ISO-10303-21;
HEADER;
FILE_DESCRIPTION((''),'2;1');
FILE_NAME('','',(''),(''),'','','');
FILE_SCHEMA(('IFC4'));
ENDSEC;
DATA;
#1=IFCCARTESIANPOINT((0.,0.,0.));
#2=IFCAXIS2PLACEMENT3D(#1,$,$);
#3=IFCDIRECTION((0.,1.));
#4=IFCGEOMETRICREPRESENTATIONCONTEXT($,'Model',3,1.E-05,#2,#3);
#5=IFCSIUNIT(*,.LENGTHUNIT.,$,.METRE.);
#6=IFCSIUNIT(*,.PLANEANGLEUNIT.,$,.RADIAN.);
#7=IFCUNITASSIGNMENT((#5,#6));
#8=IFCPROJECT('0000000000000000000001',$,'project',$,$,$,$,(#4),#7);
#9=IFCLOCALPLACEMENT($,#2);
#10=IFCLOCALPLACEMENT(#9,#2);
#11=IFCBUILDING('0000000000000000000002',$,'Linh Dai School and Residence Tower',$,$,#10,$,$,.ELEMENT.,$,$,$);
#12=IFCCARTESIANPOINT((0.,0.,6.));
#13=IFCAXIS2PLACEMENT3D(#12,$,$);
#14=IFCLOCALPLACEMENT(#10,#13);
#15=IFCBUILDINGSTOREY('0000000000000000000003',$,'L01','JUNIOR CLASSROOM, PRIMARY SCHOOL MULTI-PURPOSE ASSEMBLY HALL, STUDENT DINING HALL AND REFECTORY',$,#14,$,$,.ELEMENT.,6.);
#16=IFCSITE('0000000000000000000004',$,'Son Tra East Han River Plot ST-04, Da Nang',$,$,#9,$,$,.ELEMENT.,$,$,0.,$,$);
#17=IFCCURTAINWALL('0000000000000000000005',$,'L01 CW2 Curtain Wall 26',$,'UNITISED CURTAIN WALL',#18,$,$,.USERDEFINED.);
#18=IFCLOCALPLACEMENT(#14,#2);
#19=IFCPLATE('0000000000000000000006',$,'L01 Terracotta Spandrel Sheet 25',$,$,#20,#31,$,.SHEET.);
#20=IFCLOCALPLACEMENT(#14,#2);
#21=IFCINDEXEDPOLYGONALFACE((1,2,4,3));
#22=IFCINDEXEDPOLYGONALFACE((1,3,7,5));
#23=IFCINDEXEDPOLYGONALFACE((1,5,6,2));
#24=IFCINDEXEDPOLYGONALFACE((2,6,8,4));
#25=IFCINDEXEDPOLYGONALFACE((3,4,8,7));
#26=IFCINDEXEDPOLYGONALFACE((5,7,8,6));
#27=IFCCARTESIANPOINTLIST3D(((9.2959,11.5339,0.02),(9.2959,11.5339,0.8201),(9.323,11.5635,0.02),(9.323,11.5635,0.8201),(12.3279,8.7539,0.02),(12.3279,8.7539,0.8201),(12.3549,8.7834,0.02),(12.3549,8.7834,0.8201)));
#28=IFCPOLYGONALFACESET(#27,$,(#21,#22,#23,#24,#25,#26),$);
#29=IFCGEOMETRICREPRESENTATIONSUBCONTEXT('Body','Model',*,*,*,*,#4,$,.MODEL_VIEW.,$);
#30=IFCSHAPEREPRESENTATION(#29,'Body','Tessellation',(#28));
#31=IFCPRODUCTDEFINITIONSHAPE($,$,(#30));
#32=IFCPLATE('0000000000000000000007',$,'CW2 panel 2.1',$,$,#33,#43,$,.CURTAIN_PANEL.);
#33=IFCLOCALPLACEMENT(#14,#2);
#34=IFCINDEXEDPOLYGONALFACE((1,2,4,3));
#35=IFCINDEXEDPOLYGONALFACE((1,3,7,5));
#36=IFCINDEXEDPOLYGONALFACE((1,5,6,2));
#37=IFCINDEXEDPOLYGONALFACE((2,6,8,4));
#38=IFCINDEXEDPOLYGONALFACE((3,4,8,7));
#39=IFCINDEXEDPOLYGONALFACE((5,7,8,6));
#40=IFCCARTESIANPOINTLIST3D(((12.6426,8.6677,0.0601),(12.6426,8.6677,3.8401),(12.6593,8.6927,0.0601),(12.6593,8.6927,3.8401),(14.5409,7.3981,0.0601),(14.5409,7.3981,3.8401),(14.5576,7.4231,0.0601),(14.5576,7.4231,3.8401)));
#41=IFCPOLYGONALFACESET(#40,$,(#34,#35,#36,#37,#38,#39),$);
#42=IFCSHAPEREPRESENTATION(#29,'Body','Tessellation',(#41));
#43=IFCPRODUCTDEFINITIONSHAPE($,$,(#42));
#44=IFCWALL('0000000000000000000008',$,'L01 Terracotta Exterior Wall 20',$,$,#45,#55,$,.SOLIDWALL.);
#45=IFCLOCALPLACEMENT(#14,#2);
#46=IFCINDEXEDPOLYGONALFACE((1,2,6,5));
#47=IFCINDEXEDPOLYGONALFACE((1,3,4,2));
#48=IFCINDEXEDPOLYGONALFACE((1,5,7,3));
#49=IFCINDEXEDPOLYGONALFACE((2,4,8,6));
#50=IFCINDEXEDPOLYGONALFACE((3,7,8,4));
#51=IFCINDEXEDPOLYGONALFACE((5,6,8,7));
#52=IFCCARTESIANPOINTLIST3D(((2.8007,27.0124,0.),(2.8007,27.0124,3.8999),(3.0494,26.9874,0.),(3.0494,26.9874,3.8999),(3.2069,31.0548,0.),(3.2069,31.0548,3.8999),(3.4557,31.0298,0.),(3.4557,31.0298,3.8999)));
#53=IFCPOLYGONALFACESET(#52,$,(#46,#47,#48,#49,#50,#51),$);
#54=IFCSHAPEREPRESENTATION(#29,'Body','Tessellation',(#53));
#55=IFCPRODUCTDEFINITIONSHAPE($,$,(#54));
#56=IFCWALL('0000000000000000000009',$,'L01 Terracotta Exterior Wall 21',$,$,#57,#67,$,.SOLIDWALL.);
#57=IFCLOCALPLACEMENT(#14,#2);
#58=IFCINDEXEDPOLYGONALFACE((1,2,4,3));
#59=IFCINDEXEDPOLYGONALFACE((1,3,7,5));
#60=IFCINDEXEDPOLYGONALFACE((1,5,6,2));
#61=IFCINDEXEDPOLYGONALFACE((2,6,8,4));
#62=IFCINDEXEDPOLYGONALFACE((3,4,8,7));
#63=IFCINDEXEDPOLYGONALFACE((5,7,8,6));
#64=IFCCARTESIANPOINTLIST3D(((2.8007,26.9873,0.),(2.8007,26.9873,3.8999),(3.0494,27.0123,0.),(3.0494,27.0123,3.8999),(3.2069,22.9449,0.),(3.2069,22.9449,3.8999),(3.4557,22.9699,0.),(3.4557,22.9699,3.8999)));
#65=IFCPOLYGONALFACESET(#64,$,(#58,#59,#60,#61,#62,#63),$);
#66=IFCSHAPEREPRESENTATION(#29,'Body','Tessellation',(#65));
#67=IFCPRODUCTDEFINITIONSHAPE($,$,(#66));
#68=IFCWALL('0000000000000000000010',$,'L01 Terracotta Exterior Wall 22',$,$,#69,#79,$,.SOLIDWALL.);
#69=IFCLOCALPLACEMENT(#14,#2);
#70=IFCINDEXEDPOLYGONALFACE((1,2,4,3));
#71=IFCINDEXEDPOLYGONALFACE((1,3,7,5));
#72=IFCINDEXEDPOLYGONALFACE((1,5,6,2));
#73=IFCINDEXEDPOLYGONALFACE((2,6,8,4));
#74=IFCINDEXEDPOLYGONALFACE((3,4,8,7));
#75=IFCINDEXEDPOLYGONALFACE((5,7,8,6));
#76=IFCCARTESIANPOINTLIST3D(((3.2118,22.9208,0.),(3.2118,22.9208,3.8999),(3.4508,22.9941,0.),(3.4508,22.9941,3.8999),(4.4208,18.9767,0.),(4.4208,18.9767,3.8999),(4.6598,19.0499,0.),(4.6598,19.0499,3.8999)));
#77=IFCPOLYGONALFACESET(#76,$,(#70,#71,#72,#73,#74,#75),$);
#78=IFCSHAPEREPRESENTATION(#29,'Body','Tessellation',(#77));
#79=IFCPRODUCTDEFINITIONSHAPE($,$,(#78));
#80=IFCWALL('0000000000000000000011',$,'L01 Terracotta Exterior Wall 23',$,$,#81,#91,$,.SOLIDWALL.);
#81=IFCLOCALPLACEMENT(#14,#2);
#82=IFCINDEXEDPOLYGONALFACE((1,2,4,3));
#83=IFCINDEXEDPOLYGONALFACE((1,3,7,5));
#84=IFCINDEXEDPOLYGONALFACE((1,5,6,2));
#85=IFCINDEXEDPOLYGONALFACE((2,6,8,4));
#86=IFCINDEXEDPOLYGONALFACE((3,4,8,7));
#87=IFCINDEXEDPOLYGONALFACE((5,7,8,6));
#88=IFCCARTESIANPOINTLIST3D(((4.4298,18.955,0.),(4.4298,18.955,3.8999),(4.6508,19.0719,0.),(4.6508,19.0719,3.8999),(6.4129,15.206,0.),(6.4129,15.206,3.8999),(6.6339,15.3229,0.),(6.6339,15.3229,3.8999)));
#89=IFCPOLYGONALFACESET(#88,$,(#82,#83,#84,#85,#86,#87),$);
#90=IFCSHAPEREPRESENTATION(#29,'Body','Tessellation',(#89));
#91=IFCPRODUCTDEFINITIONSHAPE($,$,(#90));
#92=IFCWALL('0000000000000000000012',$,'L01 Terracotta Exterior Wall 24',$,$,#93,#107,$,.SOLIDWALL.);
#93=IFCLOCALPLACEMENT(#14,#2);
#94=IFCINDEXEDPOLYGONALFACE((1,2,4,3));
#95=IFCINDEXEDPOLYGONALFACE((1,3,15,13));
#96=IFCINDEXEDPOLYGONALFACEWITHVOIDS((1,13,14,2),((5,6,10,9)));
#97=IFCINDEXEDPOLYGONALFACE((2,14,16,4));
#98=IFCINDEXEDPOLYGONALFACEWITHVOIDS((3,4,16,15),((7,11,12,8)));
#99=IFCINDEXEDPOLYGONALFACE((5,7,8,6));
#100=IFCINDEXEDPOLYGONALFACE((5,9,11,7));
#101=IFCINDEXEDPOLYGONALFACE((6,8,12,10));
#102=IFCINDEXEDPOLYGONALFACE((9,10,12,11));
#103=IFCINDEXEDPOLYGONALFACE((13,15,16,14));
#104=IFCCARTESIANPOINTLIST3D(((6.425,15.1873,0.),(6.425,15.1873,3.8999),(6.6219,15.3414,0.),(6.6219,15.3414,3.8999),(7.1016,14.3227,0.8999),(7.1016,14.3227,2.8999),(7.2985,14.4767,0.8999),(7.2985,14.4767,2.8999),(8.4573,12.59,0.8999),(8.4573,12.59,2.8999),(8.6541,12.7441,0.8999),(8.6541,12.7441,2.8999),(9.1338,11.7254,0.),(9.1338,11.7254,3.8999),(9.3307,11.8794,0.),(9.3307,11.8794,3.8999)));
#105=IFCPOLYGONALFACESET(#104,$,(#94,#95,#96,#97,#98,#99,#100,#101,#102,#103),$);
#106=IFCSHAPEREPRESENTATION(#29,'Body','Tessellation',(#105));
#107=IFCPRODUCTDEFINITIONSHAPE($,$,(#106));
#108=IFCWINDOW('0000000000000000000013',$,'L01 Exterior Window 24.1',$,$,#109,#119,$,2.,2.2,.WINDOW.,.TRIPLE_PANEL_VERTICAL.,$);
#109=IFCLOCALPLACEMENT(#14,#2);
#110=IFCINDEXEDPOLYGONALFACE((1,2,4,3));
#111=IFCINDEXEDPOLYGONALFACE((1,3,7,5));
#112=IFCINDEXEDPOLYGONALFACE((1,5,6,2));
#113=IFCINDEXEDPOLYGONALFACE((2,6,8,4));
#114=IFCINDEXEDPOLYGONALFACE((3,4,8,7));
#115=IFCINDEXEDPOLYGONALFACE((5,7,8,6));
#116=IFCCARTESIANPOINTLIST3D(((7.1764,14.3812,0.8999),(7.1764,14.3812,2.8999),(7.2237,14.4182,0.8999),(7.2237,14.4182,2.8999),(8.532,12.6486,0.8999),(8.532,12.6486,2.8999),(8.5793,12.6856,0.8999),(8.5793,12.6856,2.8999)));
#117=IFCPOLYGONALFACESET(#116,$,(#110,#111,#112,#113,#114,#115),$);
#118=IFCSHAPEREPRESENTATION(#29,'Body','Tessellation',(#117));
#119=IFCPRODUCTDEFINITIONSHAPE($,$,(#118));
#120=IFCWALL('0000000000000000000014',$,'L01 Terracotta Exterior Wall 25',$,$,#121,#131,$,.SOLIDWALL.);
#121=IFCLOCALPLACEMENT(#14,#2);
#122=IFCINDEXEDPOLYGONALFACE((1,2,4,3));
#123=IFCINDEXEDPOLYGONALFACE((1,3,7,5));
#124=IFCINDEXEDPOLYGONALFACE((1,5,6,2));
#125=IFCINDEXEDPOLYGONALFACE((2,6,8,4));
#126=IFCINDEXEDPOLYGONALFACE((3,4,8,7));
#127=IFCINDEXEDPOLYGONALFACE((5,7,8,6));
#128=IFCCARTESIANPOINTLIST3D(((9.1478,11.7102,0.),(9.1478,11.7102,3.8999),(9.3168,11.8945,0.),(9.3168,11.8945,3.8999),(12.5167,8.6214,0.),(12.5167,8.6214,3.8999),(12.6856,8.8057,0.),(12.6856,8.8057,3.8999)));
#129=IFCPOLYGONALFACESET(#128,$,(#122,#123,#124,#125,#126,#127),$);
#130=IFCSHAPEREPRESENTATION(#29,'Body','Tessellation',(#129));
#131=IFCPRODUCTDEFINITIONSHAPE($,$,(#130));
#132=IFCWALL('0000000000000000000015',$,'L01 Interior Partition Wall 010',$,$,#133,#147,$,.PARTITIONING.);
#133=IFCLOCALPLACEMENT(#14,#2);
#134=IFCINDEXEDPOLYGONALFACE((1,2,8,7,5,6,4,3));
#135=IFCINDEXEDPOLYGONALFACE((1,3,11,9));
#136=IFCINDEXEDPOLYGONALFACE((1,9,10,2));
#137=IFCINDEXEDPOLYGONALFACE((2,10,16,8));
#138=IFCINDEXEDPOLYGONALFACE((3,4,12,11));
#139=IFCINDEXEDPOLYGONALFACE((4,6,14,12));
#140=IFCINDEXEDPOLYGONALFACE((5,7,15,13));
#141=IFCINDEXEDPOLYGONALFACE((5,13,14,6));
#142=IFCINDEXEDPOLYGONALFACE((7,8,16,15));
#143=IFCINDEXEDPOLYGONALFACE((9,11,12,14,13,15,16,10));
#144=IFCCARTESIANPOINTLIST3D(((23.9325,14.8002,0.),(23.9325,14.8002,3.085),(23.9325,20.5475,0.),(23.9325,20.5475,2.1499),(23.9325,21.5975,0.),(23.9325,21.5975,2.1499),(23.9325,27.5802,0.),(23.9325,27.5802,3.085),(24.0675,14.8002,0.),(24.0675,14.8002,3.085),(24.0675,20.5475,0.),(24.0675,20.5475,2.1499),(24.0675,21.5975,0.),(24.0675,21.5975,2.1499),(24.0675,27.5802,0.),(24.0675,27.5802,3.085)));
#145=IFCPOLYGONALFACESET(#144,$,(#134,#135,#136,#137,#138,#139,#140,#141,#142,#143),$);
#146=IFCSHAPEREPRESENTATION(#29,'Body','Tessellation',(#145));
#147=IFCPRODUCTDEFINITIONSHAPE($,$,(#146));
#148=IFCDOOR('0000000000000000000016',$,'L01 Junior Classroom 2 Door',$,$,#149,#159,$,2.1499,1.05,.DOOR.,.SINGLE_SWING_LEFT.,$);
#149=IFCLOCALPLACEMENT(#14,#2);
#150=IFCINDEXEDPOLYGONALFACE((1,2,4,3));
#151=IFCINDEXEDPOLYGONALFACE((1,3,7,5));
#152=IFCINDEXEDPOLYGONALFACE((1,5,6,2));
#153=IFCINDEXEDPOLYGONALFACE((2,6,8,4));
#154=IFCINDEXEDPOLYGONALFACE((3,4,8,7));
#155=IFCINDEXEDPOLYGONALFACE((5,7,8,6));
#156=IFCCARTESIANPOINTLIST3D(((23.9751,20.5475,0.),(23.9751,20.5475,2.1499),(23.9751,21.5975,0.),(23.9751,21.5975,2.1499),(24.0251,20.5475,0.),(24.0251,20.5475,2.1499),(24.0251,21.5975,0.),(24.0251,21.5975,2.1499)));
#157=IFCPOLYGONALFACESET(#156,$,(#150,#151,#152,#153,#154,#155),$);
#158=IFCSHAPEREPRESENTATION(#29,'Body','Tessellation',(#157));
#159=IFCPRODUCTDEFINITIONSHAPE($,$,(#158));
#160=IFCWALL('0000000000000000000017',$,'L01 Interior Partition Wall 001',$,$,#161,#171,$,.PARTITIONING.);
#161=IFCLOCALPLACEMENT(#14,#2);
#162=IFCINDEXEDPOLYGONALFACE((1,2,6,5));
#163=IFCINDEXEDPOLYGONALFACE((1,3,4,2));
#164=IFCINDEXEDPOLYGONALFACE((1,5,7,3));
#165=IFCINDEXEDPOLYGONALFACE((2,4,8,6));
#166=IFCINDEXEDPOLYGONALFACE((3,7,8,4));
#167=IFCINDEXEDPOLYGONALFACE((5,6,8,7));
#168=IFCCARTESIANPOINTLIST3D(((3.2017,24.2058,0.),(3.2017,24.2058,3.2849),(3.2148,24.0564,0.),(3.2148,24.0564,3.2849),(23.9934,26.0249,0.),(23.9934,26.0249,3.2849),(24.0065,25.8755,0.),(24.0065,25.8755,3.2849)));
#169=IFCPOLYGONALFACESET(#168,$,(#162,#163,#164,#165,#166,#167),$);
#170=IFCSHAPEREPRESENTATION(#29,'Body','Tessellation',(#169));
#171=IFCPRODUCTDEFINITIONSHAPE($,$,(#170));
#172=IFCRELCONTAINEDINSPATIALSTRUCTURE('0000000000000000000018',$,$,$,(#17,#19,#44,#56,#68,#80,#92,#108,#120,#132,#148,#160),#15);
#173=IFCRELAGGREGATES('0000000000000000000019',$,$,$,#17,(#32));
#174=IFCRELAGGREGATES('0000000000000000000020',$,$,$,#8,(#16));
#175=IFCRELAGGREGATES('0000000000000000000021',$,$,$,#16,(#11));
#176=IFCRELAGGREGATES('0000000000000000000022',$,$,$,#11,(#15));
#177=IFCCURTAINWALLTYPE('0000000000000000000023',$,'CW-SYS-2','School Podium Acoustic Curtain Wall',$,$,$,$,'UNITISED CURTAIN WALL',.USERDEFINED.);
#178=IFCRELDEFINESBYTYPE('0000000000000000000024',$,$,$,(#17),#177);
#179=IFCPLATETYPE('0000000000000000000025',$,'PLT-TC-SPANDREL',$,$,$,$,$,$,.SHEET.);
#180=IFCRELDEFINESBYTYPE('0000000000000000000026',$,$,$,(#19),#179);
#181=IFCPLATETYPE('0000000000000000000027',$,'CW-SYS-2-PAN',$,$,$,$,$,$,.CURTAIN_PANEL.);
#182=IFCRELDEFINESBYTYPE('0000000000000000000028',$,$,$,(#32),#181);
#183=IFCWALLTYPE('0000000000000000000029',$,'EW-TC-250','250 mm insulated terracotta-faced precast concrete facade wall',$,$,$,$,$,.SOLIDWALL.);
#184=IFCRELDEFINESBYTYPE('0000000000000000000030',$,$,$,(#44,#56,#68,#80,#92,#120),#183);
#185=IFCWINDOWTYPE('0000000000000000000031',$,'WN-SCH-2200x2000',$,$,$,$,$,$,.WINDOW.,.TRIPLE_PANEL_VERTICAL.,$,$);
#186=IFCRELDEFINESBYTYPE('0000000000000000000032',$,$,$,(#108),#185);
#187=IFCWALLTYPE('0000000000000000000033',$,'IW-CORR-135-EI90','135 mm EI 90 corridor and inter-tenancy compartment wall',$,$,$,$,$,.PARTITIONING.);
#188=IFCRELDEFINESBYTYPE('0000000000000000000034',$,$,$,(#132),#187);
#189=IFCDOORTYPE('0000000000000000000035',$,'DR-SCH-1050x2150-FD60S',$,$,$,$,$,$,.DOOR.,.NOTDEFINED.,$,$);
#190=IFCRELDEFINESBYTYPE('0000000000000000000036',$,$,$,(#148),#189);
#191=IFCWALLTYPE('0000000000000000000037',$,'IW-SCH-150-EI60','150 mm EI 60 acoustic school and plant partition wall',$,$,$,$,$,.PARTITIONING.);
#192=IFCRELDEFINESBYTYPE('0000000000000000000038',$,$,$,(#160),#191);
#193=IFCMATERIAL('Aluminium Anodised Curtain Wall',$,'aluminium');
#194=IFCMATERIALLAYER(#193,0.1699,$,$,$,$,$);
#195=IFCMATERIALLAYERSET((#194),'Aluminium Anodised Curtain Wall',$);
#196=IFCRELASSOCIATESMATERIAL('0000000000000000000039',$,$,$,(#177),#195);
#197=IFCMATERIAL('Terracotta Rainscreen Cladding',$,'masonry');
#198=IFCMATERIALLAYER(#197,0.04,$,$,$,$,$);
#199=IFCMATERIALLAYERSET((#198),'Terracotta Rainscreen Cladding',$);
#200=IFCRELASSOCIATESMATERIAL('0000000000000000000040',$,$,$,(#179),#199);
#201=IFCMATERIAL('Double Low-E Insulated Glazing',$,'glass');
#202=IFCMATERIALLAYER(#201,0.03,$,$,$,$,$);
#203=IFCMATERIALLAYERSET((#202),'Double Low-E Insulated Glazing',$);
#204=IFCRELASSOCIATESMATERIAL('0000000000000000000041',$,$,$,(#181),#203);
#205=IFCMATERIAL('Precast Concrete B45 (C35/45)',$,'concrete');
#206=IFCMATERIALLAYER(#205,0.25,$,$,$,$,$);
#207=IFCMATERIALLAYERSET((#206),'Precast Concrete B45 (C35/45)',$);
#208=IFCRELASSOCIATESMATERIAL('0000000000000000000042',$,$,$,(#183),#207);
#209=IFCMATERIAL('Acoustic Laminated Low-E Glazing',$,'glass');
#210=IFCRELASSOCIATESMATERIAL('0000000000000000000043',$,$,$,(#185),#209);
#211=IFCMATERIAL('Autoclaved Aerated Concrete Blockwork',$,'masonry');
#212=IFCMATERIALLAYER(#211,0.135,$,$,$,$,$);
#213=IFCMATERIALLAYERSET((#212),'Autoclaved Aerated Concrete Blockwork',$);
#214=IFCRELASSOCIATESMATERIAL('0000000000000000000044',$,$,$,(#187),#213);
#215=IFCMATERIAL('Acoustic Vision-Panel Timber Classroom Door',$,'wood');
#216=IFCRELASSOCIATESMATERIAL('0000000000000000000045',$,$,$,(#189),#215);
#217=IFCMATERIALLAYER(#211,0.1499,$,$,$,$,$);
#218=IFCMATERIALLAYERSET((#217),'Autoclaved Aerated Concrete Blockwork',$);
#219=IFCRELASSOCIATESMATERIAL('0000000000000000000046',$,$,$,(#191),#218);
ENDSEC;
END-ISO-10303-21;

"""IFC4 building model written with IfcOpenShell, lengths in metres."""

from ifc_helpers import new_model, si_unit, direction, frame, frame_2d, origin, origin_2d, place, context, subcontext, project, spatial, rectangle, extrude, source, transform, mapped, material, layer, layer_set, type_object, element, fill, aggregate, save


model = new_model("IFC4")

# Units and contexts
model_context = context("Model", 3, precision=1e-05, world=origin(), true_north=direction((0.0, 1.0)))
body_context = subcontext(model_context, "Body", "Model", "MODEL_VIEW")
ifc_project = project(units=[si_unit("LENGTHUNIT", "METRE"), si_unit("PLANEANGLEUNIT", "RADIAN")], contexts=[model_context])

# Site, building, storey
site_placement = place(None, origin())
site = spatial("IfcSite", under=ifc_project, at=site_placement, Name="Son Tra East Han River Plot ST-04, Da Nang", CompositionType="ELEMENT", RefElevation=0.0)
building_placement = place(site_placement, origin())
building = spatial("IfcBuilding", under=site, at=building_placement, Name="Linh Dai School and Residence Tower", CompositionType="ELEMENT")
storey_placement = place(building_placement, frame((0.0, 0.0, 6.0)))
storey = spatial("IfcBuildingStorey", under=building, at=storey_placement, Name="L01", Description="JUNIOR CLASSROOM, PRIMARY SCHOOL MULTI-PURPOSE ASSEMBLY HALL, STUDENT DINING HALL AND REFECTORY", CompositionType="ELEMENT", Elevation=6.0)

# Curtain wall
ifc_material_1 = material(Name="Aluminium Anodised Curtain Wall", Category="aluminium")
ifc_layer_1 = layer(ifc_material_1, 0.1699)
ifc_layer_set_1 = layer_set([ifc_layer_1], Name="Aluminium Anodised Curtain Wall")
curtain_wall_type = type_object("IfcCurtainWallType", Name="CW-SYS-2", Description="School Podium Acoustic Curtain Wall", ElementType="UNITISED CURTAIN WALL", PredefinedType="USERDEFINED", material=ifc_layer_set_1)
curtain_wall_placement = place(storey_placement, origin())
curtain_wall = element("IfcCurtainWall", 1, at=curtain_wall_placement, inside=storey, type_object=curtain_wall_type, Name="L01 CW2 Curtain Wall 26", ObjectType="UNITISED CURTAIN WALL", PredefinedType="USERDEFINED")

# Plate
ifc_material_2 = material(Name="Terracotta Rainscreen Cladding", Category="masonry")
ifc_layer_2 = layer(ifc_material_2, 0.04)
ifc_layer_set_2 = layer_set([ifc_layer_2], Name="Terracotta Rainscreen Cladding")
plate_type_1 = type_object("IfcPlateType", Name="PLT-TC-SPANDREL", PredefinedType="SHEET", material=ifc_layer_set_2)
shared_shape_1 = source(origin(), body_context, "Body", "SweptSolid", [
    extrude(rectangle(XDim=4.1135, YDim=0.04, at=origin_2d()), origin(), (0.0, 0.0, 1.0), 0.8),
])
plate_1_placement = place(storey_placement, frame((10.8254, 10.1587, 0.02), z_axis=(0.0, 0.0, 1.0), x_axis=(-0.737062, 0.675825, 0.0)))
element("IfcPlate", 2, at=plate_1_placement, inside=storey, type_object=plate_type_1, Name="L01 Terracotta Spandrel Sheet 25", PredefinedType="SHEET", context=body_context, shape_type="MappedRepresentation", body=[
    mapped(shared_shape_1, transform((0.0, 0.0, 0.0), x_axis=(1.0, 0.0, 0.0), y_axis=(0.0, 1.0, 0.0), z_axis=(0.0, 0.0, 1.0), scale=1.0)),
])

# Plate
ifc_material_3 = material(Name="Double Low-E Insulated Glazing", Category="glass")
ifc_layer_3 = layer(ifc_material_3, 0.03)
ifc_layer_set_3 = layer_set([ifc_layer_3], Name="Double Low-E Insulated Glazing")
plate_type_2 = type_object("IfcPlateType", Name="CW-SYS-2-PAN", PredefinedType="CURTAIN_PANEL", material=ifc_layer_set_3)
shared_shape_2 = source(origin(), body_context, "Body", "SweptSolid", [
    extrude(rectangle(XDim=2.2837, YDim=0.03, at=origin_2d()), origin(), (0.0, 0.0, 1.0), 3.78),
])
plate_2_placement = place(storey_placement, frame((13.6001, 8.0454, 0.0601), z_axis=(0.0, 0.0, 1.0), x_axis=(-0.831211, 0.555957, 0.0)))
plate_2 = element("IfcPlate", 3, at=plate_2_placement, type_object=plate_type_2, Name="CW2 panel 2.1", PredefinedType="CURTAIN_PANEL", context=body_context, shape_type="MappedRepresentation", body=[
    mapped(shared_shape_2, transform((0.0, 0.0, 0.0), x_axis=(1.0, 0.0, 0.0), y_axis=(0.0, 1.0, 0.0), z_axis=(0.0, 0.0, 1.0), scale=1.0)),
])
aggregate(curtain_wall, [plate_2])

# Walls
ifc_material_4 = material(Name="Precast Concrete B45 (C35/45)", Category="concrete")
ifc_layer_4 = layer(ifc_material_4, 0.25)
ifc_layer_set_4 = layer_set([ifc_layer_4], Name="Precast Concrete B45 (C35/45)")
wall_type_1 = type_object("IfcWallType", Name="EW-TC-250", Description="250 mm insulated terracotta-faced precast concrete facade wall", PredefinedType="SOLIDWALL", material=ifc_layer_set_4)
for number, where, z_axis, x_axis, name in (
    (4, (2.925, 27.0, 0.0), (0.0, 0.0, 1.0), (0.099992, 0.994988, 0.0), "L01 Terracotta Exterior Wall 20"),
    (5, (3.3313, 22.9575, 0.0), (0.0, 0.0, 1.0), (-0.099992, 0.994988, 0.0), "L01 Terracotta Exterior Wall 21"),
):
    element("IfcWall", number, at=place(storey_placement, frame(where, z_axis=z_axis, x_axis=x_axis)), inside=storey, type_object=wall_type_1, Name=name, PredefinedType="SOLIDWALL", context=body_context, shape_type="SweptSolid", body=[
        extrude(rectangle(XDim=4.0627, YDim=0.25, at=frame_2d((2.0312, 0.0))), origin(), (0.0, 0.0, 1.0), 3.8999),
    ])
wall_1_placement = place(storey_placement, frame((4.5403, 19.0134, 0.0), z_axis=(0.0, 0.0, 1.0), x_axis=(-0.293071, 0.956091, 0.0)))
element("IfcWall", 6, at=wall_1_placement, inside=storey, type_object=wall_type_1, Name="L01 Terracotta Exterior Wall 22", PredefinedType="SOLIDWALL", context=body_context, shape_type="SweptSolid", body=[
    extrude(rectangle(XDim=4.1252, YDim=0.25, at=frame_2d((2.0625, 0.0))), origin(), (0.0, 0.0, 1.0), 3.8999),
])
wall_2_placement = place(storey_placement, frame((6.5234, 15.2644, 0.0), z_axis=(0.0, 0.0, 1.0), x_axis=(-0.467589, 0.883946, 0.0)))
element("IfcWall", 7, at=wall_2_placement, inside=storey, type_object=wall_type_1, Name="L01 Terracotta Exterior Wall 23", PredefinedType="SOLIDWALL", context=body_context, shape_type="SweptSolid", body=[
    extrude(rectangle(XDim=4.2412, YDim=0.25, at=frame_2d((2.1206, 0.0))), origin(), (0.0, 0.0, 1.0), 3.8999),
])

# Wall, opening, window
wall_3_placement = place(storey_placement, frame((9.2322, 11.8025, 0.0), z_axis=(0.0, 0.0, 1.0), x_axis=(-0.616226, 0.787569, 0.0)))
wall_3 = element("IfcWall", 8, at=wall_3_placement, inside=storey, type_object=wall_type_1, Name="L01 Terracotta Exterior Wall 24", PredefinedType="SOLIDWALL", context=body_context, shape_type="SweptSolid", body=[
    extrude(rectangle(XDim=4.3958, YDim=0.25, at=frame_2d((2.1978, 0.0))), origin(), (0.0, 0.0, 1.0), 3.8999),
])
opening_1_placement = place(wall_3_placement, frame((1.0977, 0.0, 0.8999)))
opening_1 = element("IfcOpeningElement", 9, at=opening_1_placement, cuts=wall_3, PredefinedType="OPENING", context=body_context, shape_type="SweptSolid", body=[
    extrude(rectangle(XDim=2.2, YDim=2.0, at=origin_2d()), frame((1.1001, 0.135, 1.0), z_axis=(0.0, -1.0, 0.0), x_axis=(1.0, 0.0, 0.0)), (0.0, 0.0, 1.0), 0.27),
])
ifc_material_5 = material(Name="Acoustic Laminated Low-E Glazing", Category="glass")
window_type = type_object("IfcWindowType", Name="WN-SCH-2200x2000", PartitioningType="TRIPLE_PANEL_VERTICAL", PredefinedType="WINDOW", material=ifc_material_5)
shared_shape_3 = source(origin(), body_context, "Body", "SweptSolid", [
    extrude(rectangle(XDim=2.2, YDim=2.0, at=origin_2d()), frame((1.1001, 0.03, 1.0), z_axis=(0.0, -1.0, 0.0), x_axis=(1.0, 0.0, 0.0)), (0.0, 0.0, 1.0), 0.0601),
])
window_placement = place(opening_1_placement, origin())
window = element("IfcWindow", 10, at=window_placement, inside=storey, type_object=window_type, Name="L01 Exterior Window 24.1", OverallHeight=2.0, OverallWidth=2.2, PartitioningType="TRIPLE_PANEL_VERTICAL", PredefinedType="WINDOW", context=body_context, shape_type="MappedRepresentation", body=[
    mapped(shared_shape_3, transform((0.0, 0.0, 0.0), x_axis=(1.0, 0.0, 0.0), y_axis=(0.0, 1.0, 0.0), z_axis=(0.0, 0.0, 1.0), scale=1.0)),
])
fill(opening_1, window)

# Wall
wall_4_placement = place(storey_placement, frame((12.6011, 8.7136, 0.0), z_axis=(0.0, 0.0, 1.0), x_axis=(-0.737077, 0.675809, 0.0)))
element("IfcWall", 11, at=wall_4_placement, inside=storey, type_object=wall_type_1, Name="L01 Terracotta Exterior Wall 25", PredefinedType="SOLIDWALL", context=body_context, shape_type="SweptSolid", body=[
    extrude(rectangle(XDim=4.5706, YDim=0.25, at=frame_2d((2.2852, 0.0))), origin(), (0.0, 0.0, 1.0), 3.8999),
])

# Wall, opening, door
ifc_material_6 = material(Name="Autoclaved Aerated Concrete Blockwork", Category="masonry")
ifc_layer_5 = layer(ifc_material_6, 0.135)
ifc_layer_set_5 = layer_set([ifc_layer_5], Name="Autoclaved Aerated Concrete Blockwork")
wall_type_2 = type_object("IfcWallType", Name="IW-CORR-135-EI90", Description="135 mm EI 90 corridor and inter-tenancy compartment wall", PredefinedType="PARTITIONING", material=ifc_layer_set_5)
wall_5_placement = place(storey_placement, frame((24.0, 14.8, 0.0), z_axis=(0.0, 0.0, 1.0), x_axis=(0.0, 1.0, 0.0)))
wall_5 = element("IfcWall", 12, at=wall_5_placement, inside=storey, type_object=wall_type_2, Name="L01 Interior Partition Wall 010", PredefinedType="PARTITIONING", context=body_context, shape_type="SweptSolid", body=[
    extrude(rectangle(XDim=12.78, YDim=0.135, at=frame_2d((6.3901, 0.0))), origin(), (0.0, 0.0, 1.0), 3.085),
])
opening_2_placement = place(wall_5_placement, frame((5.7476, 0.0, 0.0)))
opening_2 = element("IfcOpeningElement", 13, at=opening_2_placement, cuts=wall_5, PredefinedType="OPENING", context=body_context, shape_type="SweptSolid", body=[
    extrude(rectangle(XDim=1.05, YDim=2.1499, at=origin_2d()), frame((0.5249, 0.0776, 1.075), z_axis=(0.0, -1.0, 0.0), x_axis=(1.0, 0.0, 0.0)), (0.0, 0.0, 1.0), 0.155),
])
ifc_material_7 = material(Name="Acoustic Vision-Panel Timber Classroom Door", Category="wood")
door_type = type_object("IfcDoorType", Name="DR-SCH-1050x2150-FD60S", OperationType="NOTDEFINED", PredefinedType="DOOR", material=ifc_material_7)
shared_shape_4 = source(origin(), body_context, "Body", "SweptSolid", [
    extrude(rectangle(XDim=1.05, YDim=2.1499, at=origin_2d()), frame((0.5249, 0.0249, 1.075), z_axis=(0.0, -1.0, 0.0), x_axis=(1.0, 0.0, 0.0)), (0.0, 0.0, 1.0), 0.05),
])
door_placement = place(opening_2_placement, origin())
door = element("IfcDoor", 14, at=door_placement, inside=storey, type_object=door_type, Name="L01 Junior Classroom 2 Door", OperationType="SINGLE_SWING_LEFT", OverallHeight=2.1499, OverallWidth=1.05, PredefinedType="DOOR", context=body_context, shape_type="MappedRepresentation", body=[
    mapped(shared_shape_4, transform((0.0, 0.0, 0.0), x_axis=(1.0, 0.0, 0.0), y_axis=(0.0, 1.0, 0.0), z_axis=(0.0, 0.0, 1.0), scale=1.0)),
])
fill(opening_2, door)

# Wall
ifc_layer_6 = layer(ifc_material_6, 0.1499)
ifc_layer_set_6 = layer_set([ifc_layer_6], Name="Autoclaved Aerated Concrete Blockwork")
wall_type_3 = type_object("IfcWallType", Name="IW-SCH-150-EI60", Description="150 mm EI 60 acoustic school and plant partition wall", PredefinedType="PARTITIONING", material=ifc_layer_set_6)
wall_6_placement = place(storey_placement, frame((3.2083, 24.1311, 0.0), z_axis=(0.0, 0.0, 1.0), x_axis=(0.996194, 0.087158, 0.0)))
element("IfcWall", 15, at=wall_6_placement, inside=storey, type_object=wall_type_3, Name="L01 Interior Partition Wall 001", PredefinedType="PARTITIONING", context=body_context, shape_type="SweptSolid", body=[
    extrude(rectangle(XDim=20.8711, YDim=0.1499, at=frame_2d((10.4355, 0.0))), origin(), (0.0, 0.0, 1.0), 3.2849),
])

save(model, "model.ifc")
